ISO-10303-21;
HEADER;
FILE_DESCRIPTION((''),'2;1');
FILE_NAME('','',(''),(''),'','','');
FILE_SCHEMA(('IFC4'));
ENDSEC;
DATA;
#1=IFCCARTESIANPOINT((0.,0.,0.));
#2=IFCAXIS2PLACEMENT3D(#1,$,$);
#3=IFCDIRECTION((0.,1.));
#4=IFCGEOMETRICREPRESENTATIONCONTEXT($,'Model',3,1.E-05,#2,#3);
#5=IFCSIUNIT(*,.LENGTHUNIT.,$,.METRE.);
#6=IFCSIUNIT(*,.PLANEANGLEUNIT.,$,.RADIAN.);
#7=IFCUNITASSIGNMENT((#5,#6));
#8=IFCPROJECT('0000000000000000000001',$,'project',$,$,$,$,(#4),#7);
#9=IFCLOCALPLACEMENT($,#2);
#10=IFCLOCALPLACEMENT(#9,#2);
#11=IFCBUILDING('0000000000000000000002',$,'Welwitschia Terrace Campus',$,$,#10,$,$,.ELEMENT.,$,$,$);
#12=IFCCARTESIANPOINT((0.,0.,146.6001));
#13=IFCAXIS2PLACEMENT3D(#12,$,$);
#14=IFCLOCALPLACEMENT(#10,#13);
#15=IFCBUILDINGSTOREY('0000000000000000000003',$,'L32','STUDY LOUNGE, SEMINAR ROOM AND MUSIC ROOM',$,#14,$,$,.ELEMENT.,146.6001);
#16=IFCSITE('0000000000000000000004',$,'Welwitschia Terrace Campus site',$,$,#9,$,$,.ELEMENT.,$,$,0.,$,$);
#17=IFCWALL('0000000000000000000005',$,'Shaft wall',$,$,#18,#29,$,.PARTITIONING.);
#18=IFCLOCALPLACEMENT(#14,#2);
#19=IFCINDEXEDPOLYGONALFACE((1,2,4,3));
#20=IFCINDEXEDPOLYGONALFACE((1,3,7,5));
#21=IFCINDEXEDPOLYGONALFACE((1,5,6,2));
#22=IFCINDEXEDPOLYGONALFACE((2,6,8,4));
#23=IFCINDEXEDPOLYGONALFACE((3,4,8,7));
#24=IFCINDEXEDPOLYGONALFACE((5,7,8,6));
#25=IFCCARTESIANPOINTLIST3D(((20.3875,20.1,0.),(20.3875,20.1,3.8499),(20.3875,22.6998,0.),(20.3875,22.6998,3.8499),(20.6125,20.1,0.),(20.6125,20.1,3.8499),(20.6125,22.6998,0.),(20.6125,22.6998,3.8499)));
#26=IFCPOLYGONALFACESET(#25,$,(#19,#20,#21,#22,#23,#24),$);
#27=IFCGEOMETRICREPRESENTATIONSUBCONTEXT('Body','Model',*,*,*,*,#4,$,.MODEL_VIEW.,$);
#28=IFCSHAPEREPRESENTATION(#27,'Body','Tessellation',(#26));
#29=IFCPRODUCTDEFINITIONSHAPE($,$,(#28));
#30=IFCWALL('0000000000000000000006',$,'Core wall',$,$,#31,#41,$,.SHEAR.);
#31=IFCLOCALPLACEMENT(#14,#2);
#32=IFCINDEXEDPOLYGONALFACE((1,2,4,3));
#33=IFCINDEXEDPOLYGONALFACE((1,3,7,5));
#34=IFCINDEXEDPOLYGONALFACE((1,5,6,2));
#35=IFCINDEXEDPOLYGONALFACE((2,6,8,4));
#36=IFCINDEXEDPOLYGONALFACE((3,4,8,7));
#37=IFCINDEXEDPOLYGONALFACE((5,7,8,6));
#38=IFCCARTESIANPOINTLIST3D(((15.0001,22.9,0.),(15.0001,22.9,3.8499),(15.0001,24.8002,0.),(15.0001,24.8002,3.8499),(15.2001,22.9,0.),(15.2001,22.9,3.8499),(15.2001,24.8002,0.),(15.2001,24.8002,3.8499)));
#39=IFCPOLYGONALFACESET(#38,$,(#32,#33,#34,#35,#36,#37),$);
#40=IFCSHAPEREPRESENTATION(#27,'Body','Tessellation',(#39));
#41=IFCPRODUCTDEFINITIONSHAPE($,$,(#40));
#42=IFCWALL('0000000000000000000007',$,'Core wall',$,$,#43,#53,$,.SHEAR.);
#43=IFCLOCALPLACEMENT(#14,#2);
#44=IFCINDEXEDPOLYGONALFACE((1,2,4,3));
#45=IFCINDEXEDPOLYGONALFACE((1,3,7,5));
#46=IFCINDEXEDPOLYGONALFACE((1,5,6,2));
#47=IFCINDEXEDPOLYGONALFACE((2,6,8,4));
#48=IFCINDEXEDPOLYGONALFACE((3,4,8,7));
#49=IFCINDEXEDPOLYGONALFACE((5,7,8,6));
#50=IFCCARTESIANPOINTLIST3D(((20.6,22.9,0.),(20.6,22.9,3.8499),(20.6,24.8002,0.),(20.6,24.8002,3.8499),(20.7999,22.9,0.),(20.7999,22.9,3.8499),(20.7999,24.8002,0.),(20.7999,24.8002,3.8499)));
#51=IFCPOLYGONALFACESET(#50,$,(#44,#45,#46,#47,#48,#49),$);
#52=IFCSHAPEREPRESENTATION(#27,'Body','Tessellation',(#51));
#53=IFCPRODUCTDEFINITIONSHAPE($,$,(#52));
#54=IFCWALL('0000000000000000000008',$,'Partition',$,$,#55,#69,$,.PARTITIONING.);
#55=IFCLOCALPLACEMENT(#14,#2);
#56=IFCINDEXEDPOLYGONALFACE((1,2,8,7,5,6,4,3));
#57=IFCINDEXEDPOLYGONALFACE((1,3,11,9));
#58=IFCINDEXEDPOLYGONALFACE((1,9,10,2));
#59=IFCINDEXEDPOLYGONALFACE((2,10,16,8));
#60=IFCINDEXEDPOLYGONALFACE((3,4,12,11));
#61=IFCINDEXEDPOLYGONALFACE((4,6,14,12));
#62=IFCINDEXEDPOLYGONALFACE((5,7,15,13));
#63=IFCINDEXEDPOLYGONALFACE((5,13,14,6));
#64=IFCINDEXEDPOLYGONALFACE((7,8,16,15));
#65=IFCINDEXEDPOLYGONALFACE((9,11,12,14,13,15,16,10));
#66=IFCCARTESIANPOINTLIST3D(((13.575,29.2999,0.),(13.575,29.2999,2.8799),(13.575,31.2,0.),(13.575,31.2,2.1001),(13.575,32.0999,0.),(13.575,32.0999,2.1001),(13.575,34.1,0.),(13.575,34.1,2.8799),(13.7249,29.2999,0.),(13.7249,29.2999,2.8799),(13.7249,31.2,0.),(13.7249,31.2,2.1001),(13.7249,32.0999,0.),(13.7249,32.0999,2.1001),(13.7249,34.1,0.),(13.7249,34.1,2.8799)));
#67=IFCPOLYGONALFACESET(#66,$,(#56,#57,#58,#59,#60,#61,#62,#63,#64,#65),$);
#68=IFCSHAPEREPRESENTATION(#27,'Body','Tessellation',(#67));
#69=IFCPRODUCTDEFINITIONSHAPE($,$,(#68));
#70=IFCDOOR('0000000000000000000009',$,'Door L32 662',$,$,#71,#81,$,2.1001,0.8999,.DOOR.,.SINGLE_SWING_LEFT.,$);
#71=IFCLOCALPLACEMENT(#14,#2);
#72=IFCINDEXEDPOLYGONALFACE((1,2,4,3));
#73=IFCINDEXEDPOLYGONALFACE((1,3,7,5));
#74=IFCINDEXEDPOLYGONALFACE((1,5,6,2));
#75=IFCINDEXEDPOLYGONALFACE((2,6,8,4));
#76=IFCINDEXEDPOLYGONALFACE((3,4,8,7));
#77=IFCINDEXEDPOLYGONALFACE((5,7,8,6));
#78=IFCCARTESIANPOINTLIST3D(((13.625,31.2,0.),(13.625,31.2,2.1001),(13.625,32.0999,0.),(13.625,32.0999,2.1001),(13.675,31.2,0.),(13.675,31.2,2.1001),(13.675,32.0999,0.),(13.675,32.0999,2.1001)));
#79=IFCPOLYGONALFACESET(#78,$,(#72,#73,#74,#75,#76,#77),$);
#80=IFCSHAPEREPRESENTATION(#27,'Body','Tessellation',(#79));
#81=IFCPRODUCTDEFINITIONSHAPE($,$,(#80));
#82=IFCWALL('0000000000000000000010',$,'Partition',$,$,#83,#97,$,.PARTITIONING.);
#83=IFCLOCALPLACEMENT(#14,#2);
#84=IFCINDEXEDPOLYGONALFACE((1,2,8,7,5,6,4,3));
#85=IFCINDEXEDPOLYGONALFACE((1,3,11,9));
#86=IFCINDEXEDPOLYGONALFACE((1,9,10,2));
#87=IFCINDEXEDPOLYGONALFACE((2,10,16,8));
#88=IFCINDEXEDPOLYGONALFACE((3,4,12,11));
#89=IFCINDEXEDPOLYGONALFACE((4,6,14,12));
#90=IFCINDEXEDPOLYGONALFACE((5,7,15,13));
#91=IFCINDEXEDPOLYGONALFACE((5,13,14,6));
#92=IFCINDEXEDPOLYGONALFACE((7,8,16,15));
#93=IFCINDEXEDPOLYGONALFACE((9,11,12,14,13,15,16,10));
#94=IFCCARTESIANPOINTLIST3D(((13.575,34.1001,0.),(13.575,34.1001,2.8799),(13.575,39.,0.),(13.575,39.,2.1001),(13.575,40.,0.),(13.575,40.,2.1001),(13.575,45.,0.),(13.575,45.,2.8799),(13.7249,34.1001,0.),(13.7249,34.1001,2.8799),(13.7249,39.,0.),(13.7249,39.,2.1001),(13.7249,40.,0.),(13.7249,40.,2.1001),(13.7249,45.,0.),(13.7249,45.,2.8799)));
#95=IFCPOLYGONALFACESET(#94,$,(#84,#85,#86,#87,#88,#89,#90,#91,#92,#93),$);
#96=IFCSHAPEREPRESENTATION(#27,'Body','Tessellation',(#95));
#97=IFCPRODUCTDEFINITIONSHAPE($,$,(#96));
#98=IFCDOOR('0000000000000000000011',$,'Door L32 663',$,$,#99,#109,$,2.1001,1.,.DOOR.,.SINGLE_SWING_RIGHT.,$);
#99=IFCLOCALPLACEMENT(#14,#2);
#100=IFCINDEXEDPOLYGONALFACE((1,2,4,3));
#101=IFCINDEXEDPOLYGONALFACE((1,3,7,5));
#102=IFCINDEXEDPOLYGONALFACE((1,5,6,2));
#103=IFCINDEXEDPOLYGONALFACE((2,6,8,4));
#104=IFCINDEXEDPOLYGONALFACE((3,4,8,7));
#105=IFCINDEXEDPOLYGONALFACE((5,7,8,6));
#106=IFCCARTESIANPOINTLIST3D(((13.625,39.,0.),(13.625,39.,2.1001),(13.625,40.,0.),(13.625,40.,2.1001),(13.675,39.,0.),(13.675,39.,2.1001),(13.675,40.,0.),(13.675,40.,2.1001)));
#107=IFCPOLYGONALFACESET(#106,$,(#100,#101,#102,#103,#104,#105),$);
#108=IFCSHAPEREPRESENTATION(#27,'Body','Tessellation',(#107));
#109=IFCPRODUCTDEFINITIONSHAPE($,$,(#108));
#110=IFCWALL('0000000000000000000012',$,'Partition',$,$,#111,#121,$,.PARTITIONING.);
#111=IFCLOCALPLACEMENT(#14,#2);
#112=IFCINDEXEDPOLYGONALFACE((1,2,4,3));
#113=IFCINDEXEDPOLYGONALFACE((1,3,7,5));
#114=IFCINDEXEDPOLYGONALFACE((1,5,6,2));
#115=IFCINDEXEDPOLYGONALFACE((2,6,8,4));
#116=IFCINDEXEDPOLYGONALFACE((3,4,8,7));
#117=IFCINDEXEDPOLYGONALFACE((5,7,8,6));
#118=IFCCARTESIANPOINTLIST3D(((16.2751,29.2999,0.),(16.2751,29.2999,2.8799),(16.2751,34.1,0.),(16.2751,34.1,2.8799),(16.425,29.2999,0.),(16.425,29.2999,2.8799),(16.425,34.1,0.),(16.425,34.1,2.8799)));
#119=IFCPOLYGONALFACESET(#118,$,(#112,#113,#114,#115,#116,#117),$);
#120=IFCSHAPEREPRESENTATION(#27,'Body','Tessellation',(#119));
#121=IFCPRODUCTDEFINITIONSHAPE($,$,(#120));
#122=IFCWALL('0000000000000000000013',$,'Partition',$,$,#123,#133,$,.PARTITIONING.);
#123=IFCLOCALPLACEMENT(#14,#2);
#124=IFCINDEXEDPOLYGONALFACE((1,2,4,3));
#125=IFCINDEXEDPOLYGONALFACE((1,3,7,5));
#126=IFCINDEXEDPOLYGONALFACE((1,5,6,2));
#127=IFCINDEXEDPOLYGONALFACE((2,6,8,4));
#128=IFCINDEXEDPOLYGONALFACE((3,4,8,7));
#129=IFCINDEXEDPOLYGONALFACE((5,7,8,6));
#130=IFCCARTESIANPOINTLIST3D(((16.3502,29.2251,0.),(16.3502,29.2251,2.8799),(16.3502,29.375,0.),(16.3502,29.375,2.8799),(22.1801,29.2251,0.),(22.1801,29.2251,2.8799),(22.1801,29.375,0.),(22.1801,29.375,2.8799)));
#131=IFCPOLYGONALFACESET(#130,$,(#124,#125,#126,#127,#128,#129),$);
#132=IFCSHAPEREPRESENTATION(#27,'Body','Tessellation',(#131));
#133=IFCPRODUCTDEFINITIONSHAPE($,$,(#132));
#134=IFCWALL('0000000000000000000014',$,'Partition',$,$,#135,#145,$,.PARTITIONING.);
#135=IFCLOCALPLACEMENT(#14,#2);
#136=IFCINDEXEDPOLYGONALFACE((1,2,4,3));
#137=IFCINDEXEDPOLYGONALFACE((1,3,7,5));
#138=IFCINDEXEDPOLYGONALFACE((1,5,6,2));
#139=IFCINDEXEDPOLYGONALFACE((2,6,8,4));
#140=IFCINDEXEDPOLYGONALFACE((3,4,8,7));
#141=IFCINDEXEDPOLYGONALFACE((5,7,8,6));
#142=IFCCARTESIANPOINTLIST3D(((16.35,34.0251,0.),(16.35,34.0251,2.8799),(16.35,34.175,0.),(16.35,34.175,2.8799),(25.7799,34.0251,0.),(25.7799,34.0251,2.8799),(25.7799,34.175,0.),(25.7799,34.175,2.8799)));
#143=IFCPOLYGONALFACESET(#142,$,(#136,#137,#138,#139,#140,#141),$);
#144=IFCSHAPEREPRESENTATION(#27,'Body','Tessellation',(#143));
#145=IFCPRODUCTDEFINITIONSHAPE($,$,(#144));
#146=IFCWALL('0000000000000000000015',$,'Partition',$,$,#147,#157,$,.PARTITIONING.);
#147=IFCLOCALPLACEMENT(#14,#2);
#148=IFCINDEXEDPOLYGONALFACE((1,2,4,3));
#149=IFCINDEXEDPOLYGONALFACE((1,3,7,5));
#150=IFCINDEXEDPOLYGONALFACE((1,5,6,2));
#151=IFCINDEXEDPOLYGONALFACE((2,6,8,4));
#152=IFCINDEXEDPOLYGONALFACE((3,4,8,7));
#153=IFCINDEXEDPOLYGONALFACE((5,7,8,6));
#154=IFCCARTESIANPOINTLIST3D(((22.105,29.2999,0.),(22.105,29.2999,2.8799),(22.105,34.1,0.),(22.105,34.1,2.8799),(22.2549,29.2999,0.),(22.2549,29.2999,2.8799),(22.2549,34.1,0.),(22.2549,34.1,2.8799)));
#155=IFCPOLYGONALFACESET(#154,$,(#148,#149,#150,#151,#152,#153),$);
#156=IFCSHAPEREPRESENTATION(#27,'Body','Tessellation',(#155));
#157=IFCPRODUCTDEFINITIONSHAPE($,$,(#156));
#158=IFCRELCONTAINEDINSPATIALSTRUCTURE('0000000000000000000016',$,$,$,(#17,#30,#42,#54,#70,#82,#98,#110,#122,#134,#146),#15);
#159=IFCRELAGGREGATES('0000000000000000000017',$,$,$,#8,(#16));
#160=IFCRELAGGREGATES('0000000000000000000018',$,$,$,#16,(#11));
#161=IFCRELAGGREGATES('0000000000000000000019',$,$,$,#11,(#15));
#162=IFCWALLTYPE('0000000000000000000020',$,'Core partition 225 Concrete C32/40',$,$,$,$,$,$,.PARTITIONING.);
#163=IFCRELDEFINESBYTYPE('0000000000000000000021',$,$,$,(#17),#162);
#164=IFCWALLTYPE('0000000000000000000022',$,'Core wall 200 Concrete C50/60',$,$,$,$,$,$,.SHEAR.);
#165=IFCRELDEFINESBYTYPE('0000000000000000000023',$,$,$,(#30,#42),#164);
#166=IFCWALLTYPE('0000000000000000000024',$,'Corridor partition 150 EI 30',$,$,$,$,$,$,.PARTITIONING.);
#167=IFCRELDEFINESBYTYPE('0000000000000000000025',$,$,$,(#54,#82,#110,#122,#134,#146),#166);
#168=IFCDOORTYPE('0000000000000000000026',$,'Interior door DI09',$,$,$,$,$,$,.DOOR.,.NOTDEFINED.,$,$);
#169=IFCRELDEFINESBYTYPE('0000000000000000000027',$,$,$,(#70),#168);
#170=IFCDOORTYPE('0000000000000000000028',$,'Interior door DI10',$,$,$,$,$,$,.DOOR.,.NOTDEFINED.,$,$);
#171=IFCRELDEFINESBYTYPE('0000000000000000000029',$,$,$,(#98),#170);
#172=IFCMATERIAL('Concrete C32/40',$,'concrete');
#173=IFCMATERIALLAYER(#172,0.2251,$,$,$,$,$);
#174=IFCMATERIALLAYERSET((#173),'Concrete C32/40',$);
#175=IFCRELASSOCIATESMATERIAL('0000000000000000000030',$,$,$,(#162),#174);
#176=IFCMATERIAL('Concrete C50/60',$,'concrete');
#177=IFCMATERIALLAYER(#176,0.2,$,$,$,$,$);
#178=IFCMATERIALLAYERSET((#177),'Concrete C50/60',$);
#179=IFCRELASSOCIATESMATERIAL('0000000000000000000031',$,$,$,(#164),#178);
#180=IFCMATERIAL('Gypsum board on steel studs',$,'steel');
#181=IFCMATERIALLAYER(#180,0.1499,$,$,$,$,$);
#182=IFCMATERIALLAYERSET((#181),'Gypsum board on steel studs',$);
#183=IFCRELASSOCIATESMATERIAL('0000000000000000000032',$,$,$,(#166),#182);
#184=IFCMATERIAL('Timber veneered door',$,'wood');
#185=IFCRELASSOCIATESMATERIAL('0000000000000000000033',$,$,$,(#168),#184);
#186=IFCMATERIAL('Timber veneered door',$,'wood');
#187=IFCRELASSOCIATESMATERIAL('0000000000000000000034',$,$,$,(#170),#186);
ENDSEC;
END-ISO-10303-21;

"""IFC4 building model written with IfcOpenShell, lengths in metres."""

from ifc_helpers import new_model, si_unit, direction, frame, frame_2d, origin, place, context, subcontext, project, spatial, rectangle, extrude, material, layer, layer_set, type_object, element, fill, save


model = new_model("IFC4")

# Units and contexts
model_context = context("Model", 3, precision=1e-05, world=origin(), true_north=direction((0.0, 1.0)))
body_context = subcontext(model_context, "Body", "Model", "MODEL_VIEW")
ifc_project = project(units=[si_unit("LENGTHUNIT", "METRE"), si_unit("PLANEANGLEUNIT", "RADIAN")], contexts=[model_context])

# Site, building, storey
site_placement = place(None, origin())
site = spatial("IfcSite", under=ifc_project, at=site_placement, Name="Welwitschia Terrace Campus site", CompositionType="ELEMENT", RefElevation=0.0)
building_placement = place(site_placement, origin())
building = spatial("IfcBuilding", under=site, at=building_placement, Name="Welwitschia Terrace Campus", CompositionType="ELEMENT")
storey_placement = place(building_placement, frame((0.0, 0.0, 146.6001)))
storey = spatial("IfcBuildingStorey", under=building, at=storey_placement, Name="L32", Description="STUDY LOUNGE, SEMINAR ROOM AND MUSIC ROOM", CompositionType="ELEMENT", Elevation=146.6001)

# Shared definitions
ifc_material_1 = material(Name="Concrete C32/40", Category="concrete")
ifc_layer_1 = layer(ifc_material_1, 0.2251)
ifc_layer_set_1 = layer_set([ifc_layer_1], Name="Concrete C32/40")
wall_type_1 = type_object("IfcWallType", Name="Core partition 225 Concrete C32/40", PredefinedType="PARTITIONING", material=ifc_layer_set_1)

# Walls
wall_1_placement = place(storey_placement, frame((20.5, 20.1001, 0.0), z_axis=(0.0, 0.0, 1.0), x_axis=(0.0, 1.0, 0.0)))
element("IfcWall", 1, at=wall_1_placement, inside=storey, type_object=wall_type_1, Name="Shaft wall", PredefinedType="PARTITIONING", context=body_context, shape_type="SweptSolid", body=[
    extrude(rectangle(XDim=2.5999, YDim=0.2251, at=frame_2d((1.2998, 0.0))), origin(), (0.0, 0.0, 1.0), 3.8499),
])
ifc_material_2 = material(Name="Concrete C50/60", Category="concrete")
ifc_layer_2 = layer(ifc_material_2, 0.2)
ifc_layer_set_2 = layer_set([ifc_layer_2], Name="Concrete C50/60")
wall_type_2 = type_object("IfcWallType", Name="Core wall 200 Concrete C50/60", PredefinedType="SHEAR", material=ifc_layer_set_2)
for number, where, z_axis, x_axis, name in (
    (2, (15.1001, 22.8999, 0.0), (0.0, 0.0, 1.0), (0.0, 1.0, 0.0), "Core wall"),
    (3, (20.7, 22.8999, 0.0), (0.0, 0.0, 1.0), (0.0, 1.0, 0.0), "Core wall"),
):
    element("IfcWall", number, at=place(storey_placement, frame(where, z_axis=z_axis, x_axis=x_axis)), inside=storey, type_object=wall_type_2, Name=name, PredefinedType="SHEAR", context=body_context, shape_type="SweptSolid", body=[
        extrude(rectangle(XDim=1.9001, YDim=0.2, at=frame_2d((0.9502, 0.0))), origin(), (0.0, 0.0, 1.0), 3.8499),
    ])

# Walls, openings, doors
ifc_material_3 = material(Name="Gypsum board on steel studs", Category="steel")
ifc_layer_3 = layer(ifc_material_3, 0.1499)
ifc_layer_set_3 = layer_set([ifc_layer_3], Name="Gypsum board on steel studs")
wall_type_3 = type_object("IfcWallType", Name="Corridor partition 150 EI 30", PredefinedType="PARTITIONING", material=ifc_layer_set_3)
wall_2_placement = place(storey_placement, frame((13.6499, 29.3, 0.0), z_axis=(0.0, 0.0, 1.0), x_axis=(0.0, 1.0, 0.0)))
wall_2 = element("IfcWall", 4, at=wall_2_placement, inside=storey, type_object=wall_type_3, Name="Partition", PredefinedType="PARTITIONING", context=body_context, shape_type="SweptSolid", body=[
    extrude(rectangle(XDim=4.8, YDim=0.1499, at=frame_2d((2.3999, 0.0))), origin(), (0.0, 0.0, 1.0), 2.8799),
])
opening_1_placement = place(wall_2_placement, frame((1.8999, 0.0, 0.0)))
opening_1 = element("IfcOpeningElement", 5, at=opening_1_placement, cuts=wall_2, PredefinedType="OPENING", context=body_context, shape_type="SweptSolid", body=[
    extrude(rectangle(XDim=0.8999, YDim=2.1001, at=frame_2d((0.45, 1.05))), frame((0.0, 0.085, 0.0), z_axis=(0.0, -1.0, 0.0), x_axis=(1.0, 0.0, 0.0)), (0.0, 0.0, 1.0), 0.1699),
])
ifc_material_4 = material(Name="Timber veneered door", Category="wood")
door_type_1 = type_object("IfcDoorType", Name="Interior door DI09", OperationType="NOTDEFINED", PredefinedType="DOOR", material=ifc_material_4)
door_1_placement = place(opening_1_placement, origin())
door_1 = element("IfcDoor", 6, at=door_1_placement, inside=storey, type_object=door_type_1, Name="Door L32 662", OperationType="SINGLE_SWING_LEFT", OverallHeight=2.1001, OverallWidth=0.8999, PredefinedType="DOOR", context=body_context, shape_type="SweptSolid", body=[
    extrude(rectangle(XDim=0.8999, YDim=2.1001, at=frame_2d((0.45, 1.05))), frame((0.0, 0.0249, 0.0), z_axis=(0.0, -1.0, 0.0), x_axis=(1.0, 0.0, 0.0)), (0.0, 0.0, 1.0), 0.05),
])
fill(opening_1, door_1)
wall_3_placement = place(storey_placement, frame((13.6499, 34.1001, 0.0), z_axis=(0.0, 0.0, 1.0), x_axis=(0.0, 1.0, 0.0)))
wall_3 = element("IfcWall", 7, at=wall_3_placement, inside=storey, type_object=wall_type_3, Name="Partition", PredefinedType="PARTITIONING", context=body_context, shape_type="SweptSolid", body=[
    extrude(rectangle(XDim=10.8999, YDim=0.1499, at=frame_2d((5.45, 0.0))), origin(), (0.0, 0.0, 1.0), 2.8799),
])
opening_2_placement = place(wall_3_placement, frame((4.8999, 0.0, 0.0)))
opening_2 = element("IfcOpeningElement", 8, at=opening_2_placement, cuts=wall_3, PredefinedType="OPENING", context=body_context, shape_type="SweptSolid", body=[
    extrude(rectangle(XDim=1.0, YDim=2.1001, at=frame_2d((0.5, 1.05))), frame((0.0, 0.085, 0.0), z_axis=(0.0, -1.0, 0.0), x_axis=(1.0, 0.0, 0.0)), (0.0, 0.0, 1.0), 0.1699),
])
ifc_material_5 = material(Name="Timber veneered door", Category="wood")
door_type_2 = type_object("IfcDoorType", Name="Interior door DI10", OperationType="NOTDEFINED", PredefinedType="DOOR", material=ifc_material_5)
door_2_placement = place(opening_2_placement, origin())
door_2 = element("IfcDoor", 9, at=door_2_placement, inside=storey, type_object=door_type_2, Name="Door L32 663", OperationType="SINGLE_SWING_RIGHT", OverallHeight=2.1001, OverallWidth=1.0, PredefinedType="DOOR", context=body_context, shape_type="SweptSolid", body=[
    extrude(rectangle(XDim=1.0, YDim=2.1001, at=frame_2d((0.5, 1.05))), frame((0.0, 0.0249, 0.0), z_axis=(0.0, -1.0, 0.0), x_axis=(1.0, 0.0, 0.0)), (0.0, 0.0, 1.0), 0.05),
])
fill(opening_2, door_2)

# Walls
wall_4_placement = place(storey_placement, frame((16.3501, 29.3, 0.0), z_axis=(0.0, 0.0, 1.0), x_axis=(0.0, 1.0, 0.0)))
element("IfcWall", 10, at=wall_4_placement, inside=storey, type_object=wall_type_3, Name="Partition", PredefinedType="PARTITIONING", context=body_context, shape_type="SweptSolid", body=[
    extrude(rectangle(XDim=4.8, YDim=0.1499, at=frame_2d((2.3999, 0.0))), origin(), (0.0, 0.0, 1.0), 2.8799),
])
wall_5_placement = place(storey_placement, frame((16.3501, 29.3, 0.0), z_axis=(0.0, 0.0, 1.0), x_axis=(1.0, 0.0, 0.0)))
element("IfcWall", 11, at=wall_5_placement, inside=storey, type_object=wall_type_3, Name="Partition", PredefinedType="PARTITIONING", context=body_context, shape_type="SweptSolid", body=[
    extrude(rectangle(XDim=5.8298, YDim=0.1499, at=frame_2d((2.915, 0.0))), origin(), (0.0, 0.0, 1.0), 2.8799),
])
wall_6_placement = place(storey_placement, frame((16.3501, 34.1001, 0.0), z_axis=(0.0, 0.0, 1.0), x_axis=(1.0, 0.0, 0.0)))
element("IfcWall", 12, at=wall_6_placement, inside=storey, type_object=wall_type_3, Name="Partition", PredefinedType="PARTITIONING", context=body_context, shape_type="SweptSolid", body=[
    extrude(rectangle(XDim=9.4299, YDim=0.1499, at=frame_2d((4.7148, 0.0))), origin(), (0.0, 0.0, 1.0), 2.8799),
])
wall_7_placement = place(storey_placement, frame((22.1799, 29.3, 0.0), z_axis=(0.0, 0.0, 1.0), x_axis=(0.0, 1.0, 0.0)))
element("IfcWall", 13, at=wall_7_placement, inside=storey, type_object=wall_type_3, Name="Partition", PredefinedType="PARTITIONING", context=body_context, shape_type="SweptSolid", body=[
    extrude(rectangle(XDim=4.8, YDim=0.1499, at=frame_2d((2.3999, 0.0))), origin(), (0.0, 0.0, 1.0), 2.8799),
])

save(model, "model.ifc")
